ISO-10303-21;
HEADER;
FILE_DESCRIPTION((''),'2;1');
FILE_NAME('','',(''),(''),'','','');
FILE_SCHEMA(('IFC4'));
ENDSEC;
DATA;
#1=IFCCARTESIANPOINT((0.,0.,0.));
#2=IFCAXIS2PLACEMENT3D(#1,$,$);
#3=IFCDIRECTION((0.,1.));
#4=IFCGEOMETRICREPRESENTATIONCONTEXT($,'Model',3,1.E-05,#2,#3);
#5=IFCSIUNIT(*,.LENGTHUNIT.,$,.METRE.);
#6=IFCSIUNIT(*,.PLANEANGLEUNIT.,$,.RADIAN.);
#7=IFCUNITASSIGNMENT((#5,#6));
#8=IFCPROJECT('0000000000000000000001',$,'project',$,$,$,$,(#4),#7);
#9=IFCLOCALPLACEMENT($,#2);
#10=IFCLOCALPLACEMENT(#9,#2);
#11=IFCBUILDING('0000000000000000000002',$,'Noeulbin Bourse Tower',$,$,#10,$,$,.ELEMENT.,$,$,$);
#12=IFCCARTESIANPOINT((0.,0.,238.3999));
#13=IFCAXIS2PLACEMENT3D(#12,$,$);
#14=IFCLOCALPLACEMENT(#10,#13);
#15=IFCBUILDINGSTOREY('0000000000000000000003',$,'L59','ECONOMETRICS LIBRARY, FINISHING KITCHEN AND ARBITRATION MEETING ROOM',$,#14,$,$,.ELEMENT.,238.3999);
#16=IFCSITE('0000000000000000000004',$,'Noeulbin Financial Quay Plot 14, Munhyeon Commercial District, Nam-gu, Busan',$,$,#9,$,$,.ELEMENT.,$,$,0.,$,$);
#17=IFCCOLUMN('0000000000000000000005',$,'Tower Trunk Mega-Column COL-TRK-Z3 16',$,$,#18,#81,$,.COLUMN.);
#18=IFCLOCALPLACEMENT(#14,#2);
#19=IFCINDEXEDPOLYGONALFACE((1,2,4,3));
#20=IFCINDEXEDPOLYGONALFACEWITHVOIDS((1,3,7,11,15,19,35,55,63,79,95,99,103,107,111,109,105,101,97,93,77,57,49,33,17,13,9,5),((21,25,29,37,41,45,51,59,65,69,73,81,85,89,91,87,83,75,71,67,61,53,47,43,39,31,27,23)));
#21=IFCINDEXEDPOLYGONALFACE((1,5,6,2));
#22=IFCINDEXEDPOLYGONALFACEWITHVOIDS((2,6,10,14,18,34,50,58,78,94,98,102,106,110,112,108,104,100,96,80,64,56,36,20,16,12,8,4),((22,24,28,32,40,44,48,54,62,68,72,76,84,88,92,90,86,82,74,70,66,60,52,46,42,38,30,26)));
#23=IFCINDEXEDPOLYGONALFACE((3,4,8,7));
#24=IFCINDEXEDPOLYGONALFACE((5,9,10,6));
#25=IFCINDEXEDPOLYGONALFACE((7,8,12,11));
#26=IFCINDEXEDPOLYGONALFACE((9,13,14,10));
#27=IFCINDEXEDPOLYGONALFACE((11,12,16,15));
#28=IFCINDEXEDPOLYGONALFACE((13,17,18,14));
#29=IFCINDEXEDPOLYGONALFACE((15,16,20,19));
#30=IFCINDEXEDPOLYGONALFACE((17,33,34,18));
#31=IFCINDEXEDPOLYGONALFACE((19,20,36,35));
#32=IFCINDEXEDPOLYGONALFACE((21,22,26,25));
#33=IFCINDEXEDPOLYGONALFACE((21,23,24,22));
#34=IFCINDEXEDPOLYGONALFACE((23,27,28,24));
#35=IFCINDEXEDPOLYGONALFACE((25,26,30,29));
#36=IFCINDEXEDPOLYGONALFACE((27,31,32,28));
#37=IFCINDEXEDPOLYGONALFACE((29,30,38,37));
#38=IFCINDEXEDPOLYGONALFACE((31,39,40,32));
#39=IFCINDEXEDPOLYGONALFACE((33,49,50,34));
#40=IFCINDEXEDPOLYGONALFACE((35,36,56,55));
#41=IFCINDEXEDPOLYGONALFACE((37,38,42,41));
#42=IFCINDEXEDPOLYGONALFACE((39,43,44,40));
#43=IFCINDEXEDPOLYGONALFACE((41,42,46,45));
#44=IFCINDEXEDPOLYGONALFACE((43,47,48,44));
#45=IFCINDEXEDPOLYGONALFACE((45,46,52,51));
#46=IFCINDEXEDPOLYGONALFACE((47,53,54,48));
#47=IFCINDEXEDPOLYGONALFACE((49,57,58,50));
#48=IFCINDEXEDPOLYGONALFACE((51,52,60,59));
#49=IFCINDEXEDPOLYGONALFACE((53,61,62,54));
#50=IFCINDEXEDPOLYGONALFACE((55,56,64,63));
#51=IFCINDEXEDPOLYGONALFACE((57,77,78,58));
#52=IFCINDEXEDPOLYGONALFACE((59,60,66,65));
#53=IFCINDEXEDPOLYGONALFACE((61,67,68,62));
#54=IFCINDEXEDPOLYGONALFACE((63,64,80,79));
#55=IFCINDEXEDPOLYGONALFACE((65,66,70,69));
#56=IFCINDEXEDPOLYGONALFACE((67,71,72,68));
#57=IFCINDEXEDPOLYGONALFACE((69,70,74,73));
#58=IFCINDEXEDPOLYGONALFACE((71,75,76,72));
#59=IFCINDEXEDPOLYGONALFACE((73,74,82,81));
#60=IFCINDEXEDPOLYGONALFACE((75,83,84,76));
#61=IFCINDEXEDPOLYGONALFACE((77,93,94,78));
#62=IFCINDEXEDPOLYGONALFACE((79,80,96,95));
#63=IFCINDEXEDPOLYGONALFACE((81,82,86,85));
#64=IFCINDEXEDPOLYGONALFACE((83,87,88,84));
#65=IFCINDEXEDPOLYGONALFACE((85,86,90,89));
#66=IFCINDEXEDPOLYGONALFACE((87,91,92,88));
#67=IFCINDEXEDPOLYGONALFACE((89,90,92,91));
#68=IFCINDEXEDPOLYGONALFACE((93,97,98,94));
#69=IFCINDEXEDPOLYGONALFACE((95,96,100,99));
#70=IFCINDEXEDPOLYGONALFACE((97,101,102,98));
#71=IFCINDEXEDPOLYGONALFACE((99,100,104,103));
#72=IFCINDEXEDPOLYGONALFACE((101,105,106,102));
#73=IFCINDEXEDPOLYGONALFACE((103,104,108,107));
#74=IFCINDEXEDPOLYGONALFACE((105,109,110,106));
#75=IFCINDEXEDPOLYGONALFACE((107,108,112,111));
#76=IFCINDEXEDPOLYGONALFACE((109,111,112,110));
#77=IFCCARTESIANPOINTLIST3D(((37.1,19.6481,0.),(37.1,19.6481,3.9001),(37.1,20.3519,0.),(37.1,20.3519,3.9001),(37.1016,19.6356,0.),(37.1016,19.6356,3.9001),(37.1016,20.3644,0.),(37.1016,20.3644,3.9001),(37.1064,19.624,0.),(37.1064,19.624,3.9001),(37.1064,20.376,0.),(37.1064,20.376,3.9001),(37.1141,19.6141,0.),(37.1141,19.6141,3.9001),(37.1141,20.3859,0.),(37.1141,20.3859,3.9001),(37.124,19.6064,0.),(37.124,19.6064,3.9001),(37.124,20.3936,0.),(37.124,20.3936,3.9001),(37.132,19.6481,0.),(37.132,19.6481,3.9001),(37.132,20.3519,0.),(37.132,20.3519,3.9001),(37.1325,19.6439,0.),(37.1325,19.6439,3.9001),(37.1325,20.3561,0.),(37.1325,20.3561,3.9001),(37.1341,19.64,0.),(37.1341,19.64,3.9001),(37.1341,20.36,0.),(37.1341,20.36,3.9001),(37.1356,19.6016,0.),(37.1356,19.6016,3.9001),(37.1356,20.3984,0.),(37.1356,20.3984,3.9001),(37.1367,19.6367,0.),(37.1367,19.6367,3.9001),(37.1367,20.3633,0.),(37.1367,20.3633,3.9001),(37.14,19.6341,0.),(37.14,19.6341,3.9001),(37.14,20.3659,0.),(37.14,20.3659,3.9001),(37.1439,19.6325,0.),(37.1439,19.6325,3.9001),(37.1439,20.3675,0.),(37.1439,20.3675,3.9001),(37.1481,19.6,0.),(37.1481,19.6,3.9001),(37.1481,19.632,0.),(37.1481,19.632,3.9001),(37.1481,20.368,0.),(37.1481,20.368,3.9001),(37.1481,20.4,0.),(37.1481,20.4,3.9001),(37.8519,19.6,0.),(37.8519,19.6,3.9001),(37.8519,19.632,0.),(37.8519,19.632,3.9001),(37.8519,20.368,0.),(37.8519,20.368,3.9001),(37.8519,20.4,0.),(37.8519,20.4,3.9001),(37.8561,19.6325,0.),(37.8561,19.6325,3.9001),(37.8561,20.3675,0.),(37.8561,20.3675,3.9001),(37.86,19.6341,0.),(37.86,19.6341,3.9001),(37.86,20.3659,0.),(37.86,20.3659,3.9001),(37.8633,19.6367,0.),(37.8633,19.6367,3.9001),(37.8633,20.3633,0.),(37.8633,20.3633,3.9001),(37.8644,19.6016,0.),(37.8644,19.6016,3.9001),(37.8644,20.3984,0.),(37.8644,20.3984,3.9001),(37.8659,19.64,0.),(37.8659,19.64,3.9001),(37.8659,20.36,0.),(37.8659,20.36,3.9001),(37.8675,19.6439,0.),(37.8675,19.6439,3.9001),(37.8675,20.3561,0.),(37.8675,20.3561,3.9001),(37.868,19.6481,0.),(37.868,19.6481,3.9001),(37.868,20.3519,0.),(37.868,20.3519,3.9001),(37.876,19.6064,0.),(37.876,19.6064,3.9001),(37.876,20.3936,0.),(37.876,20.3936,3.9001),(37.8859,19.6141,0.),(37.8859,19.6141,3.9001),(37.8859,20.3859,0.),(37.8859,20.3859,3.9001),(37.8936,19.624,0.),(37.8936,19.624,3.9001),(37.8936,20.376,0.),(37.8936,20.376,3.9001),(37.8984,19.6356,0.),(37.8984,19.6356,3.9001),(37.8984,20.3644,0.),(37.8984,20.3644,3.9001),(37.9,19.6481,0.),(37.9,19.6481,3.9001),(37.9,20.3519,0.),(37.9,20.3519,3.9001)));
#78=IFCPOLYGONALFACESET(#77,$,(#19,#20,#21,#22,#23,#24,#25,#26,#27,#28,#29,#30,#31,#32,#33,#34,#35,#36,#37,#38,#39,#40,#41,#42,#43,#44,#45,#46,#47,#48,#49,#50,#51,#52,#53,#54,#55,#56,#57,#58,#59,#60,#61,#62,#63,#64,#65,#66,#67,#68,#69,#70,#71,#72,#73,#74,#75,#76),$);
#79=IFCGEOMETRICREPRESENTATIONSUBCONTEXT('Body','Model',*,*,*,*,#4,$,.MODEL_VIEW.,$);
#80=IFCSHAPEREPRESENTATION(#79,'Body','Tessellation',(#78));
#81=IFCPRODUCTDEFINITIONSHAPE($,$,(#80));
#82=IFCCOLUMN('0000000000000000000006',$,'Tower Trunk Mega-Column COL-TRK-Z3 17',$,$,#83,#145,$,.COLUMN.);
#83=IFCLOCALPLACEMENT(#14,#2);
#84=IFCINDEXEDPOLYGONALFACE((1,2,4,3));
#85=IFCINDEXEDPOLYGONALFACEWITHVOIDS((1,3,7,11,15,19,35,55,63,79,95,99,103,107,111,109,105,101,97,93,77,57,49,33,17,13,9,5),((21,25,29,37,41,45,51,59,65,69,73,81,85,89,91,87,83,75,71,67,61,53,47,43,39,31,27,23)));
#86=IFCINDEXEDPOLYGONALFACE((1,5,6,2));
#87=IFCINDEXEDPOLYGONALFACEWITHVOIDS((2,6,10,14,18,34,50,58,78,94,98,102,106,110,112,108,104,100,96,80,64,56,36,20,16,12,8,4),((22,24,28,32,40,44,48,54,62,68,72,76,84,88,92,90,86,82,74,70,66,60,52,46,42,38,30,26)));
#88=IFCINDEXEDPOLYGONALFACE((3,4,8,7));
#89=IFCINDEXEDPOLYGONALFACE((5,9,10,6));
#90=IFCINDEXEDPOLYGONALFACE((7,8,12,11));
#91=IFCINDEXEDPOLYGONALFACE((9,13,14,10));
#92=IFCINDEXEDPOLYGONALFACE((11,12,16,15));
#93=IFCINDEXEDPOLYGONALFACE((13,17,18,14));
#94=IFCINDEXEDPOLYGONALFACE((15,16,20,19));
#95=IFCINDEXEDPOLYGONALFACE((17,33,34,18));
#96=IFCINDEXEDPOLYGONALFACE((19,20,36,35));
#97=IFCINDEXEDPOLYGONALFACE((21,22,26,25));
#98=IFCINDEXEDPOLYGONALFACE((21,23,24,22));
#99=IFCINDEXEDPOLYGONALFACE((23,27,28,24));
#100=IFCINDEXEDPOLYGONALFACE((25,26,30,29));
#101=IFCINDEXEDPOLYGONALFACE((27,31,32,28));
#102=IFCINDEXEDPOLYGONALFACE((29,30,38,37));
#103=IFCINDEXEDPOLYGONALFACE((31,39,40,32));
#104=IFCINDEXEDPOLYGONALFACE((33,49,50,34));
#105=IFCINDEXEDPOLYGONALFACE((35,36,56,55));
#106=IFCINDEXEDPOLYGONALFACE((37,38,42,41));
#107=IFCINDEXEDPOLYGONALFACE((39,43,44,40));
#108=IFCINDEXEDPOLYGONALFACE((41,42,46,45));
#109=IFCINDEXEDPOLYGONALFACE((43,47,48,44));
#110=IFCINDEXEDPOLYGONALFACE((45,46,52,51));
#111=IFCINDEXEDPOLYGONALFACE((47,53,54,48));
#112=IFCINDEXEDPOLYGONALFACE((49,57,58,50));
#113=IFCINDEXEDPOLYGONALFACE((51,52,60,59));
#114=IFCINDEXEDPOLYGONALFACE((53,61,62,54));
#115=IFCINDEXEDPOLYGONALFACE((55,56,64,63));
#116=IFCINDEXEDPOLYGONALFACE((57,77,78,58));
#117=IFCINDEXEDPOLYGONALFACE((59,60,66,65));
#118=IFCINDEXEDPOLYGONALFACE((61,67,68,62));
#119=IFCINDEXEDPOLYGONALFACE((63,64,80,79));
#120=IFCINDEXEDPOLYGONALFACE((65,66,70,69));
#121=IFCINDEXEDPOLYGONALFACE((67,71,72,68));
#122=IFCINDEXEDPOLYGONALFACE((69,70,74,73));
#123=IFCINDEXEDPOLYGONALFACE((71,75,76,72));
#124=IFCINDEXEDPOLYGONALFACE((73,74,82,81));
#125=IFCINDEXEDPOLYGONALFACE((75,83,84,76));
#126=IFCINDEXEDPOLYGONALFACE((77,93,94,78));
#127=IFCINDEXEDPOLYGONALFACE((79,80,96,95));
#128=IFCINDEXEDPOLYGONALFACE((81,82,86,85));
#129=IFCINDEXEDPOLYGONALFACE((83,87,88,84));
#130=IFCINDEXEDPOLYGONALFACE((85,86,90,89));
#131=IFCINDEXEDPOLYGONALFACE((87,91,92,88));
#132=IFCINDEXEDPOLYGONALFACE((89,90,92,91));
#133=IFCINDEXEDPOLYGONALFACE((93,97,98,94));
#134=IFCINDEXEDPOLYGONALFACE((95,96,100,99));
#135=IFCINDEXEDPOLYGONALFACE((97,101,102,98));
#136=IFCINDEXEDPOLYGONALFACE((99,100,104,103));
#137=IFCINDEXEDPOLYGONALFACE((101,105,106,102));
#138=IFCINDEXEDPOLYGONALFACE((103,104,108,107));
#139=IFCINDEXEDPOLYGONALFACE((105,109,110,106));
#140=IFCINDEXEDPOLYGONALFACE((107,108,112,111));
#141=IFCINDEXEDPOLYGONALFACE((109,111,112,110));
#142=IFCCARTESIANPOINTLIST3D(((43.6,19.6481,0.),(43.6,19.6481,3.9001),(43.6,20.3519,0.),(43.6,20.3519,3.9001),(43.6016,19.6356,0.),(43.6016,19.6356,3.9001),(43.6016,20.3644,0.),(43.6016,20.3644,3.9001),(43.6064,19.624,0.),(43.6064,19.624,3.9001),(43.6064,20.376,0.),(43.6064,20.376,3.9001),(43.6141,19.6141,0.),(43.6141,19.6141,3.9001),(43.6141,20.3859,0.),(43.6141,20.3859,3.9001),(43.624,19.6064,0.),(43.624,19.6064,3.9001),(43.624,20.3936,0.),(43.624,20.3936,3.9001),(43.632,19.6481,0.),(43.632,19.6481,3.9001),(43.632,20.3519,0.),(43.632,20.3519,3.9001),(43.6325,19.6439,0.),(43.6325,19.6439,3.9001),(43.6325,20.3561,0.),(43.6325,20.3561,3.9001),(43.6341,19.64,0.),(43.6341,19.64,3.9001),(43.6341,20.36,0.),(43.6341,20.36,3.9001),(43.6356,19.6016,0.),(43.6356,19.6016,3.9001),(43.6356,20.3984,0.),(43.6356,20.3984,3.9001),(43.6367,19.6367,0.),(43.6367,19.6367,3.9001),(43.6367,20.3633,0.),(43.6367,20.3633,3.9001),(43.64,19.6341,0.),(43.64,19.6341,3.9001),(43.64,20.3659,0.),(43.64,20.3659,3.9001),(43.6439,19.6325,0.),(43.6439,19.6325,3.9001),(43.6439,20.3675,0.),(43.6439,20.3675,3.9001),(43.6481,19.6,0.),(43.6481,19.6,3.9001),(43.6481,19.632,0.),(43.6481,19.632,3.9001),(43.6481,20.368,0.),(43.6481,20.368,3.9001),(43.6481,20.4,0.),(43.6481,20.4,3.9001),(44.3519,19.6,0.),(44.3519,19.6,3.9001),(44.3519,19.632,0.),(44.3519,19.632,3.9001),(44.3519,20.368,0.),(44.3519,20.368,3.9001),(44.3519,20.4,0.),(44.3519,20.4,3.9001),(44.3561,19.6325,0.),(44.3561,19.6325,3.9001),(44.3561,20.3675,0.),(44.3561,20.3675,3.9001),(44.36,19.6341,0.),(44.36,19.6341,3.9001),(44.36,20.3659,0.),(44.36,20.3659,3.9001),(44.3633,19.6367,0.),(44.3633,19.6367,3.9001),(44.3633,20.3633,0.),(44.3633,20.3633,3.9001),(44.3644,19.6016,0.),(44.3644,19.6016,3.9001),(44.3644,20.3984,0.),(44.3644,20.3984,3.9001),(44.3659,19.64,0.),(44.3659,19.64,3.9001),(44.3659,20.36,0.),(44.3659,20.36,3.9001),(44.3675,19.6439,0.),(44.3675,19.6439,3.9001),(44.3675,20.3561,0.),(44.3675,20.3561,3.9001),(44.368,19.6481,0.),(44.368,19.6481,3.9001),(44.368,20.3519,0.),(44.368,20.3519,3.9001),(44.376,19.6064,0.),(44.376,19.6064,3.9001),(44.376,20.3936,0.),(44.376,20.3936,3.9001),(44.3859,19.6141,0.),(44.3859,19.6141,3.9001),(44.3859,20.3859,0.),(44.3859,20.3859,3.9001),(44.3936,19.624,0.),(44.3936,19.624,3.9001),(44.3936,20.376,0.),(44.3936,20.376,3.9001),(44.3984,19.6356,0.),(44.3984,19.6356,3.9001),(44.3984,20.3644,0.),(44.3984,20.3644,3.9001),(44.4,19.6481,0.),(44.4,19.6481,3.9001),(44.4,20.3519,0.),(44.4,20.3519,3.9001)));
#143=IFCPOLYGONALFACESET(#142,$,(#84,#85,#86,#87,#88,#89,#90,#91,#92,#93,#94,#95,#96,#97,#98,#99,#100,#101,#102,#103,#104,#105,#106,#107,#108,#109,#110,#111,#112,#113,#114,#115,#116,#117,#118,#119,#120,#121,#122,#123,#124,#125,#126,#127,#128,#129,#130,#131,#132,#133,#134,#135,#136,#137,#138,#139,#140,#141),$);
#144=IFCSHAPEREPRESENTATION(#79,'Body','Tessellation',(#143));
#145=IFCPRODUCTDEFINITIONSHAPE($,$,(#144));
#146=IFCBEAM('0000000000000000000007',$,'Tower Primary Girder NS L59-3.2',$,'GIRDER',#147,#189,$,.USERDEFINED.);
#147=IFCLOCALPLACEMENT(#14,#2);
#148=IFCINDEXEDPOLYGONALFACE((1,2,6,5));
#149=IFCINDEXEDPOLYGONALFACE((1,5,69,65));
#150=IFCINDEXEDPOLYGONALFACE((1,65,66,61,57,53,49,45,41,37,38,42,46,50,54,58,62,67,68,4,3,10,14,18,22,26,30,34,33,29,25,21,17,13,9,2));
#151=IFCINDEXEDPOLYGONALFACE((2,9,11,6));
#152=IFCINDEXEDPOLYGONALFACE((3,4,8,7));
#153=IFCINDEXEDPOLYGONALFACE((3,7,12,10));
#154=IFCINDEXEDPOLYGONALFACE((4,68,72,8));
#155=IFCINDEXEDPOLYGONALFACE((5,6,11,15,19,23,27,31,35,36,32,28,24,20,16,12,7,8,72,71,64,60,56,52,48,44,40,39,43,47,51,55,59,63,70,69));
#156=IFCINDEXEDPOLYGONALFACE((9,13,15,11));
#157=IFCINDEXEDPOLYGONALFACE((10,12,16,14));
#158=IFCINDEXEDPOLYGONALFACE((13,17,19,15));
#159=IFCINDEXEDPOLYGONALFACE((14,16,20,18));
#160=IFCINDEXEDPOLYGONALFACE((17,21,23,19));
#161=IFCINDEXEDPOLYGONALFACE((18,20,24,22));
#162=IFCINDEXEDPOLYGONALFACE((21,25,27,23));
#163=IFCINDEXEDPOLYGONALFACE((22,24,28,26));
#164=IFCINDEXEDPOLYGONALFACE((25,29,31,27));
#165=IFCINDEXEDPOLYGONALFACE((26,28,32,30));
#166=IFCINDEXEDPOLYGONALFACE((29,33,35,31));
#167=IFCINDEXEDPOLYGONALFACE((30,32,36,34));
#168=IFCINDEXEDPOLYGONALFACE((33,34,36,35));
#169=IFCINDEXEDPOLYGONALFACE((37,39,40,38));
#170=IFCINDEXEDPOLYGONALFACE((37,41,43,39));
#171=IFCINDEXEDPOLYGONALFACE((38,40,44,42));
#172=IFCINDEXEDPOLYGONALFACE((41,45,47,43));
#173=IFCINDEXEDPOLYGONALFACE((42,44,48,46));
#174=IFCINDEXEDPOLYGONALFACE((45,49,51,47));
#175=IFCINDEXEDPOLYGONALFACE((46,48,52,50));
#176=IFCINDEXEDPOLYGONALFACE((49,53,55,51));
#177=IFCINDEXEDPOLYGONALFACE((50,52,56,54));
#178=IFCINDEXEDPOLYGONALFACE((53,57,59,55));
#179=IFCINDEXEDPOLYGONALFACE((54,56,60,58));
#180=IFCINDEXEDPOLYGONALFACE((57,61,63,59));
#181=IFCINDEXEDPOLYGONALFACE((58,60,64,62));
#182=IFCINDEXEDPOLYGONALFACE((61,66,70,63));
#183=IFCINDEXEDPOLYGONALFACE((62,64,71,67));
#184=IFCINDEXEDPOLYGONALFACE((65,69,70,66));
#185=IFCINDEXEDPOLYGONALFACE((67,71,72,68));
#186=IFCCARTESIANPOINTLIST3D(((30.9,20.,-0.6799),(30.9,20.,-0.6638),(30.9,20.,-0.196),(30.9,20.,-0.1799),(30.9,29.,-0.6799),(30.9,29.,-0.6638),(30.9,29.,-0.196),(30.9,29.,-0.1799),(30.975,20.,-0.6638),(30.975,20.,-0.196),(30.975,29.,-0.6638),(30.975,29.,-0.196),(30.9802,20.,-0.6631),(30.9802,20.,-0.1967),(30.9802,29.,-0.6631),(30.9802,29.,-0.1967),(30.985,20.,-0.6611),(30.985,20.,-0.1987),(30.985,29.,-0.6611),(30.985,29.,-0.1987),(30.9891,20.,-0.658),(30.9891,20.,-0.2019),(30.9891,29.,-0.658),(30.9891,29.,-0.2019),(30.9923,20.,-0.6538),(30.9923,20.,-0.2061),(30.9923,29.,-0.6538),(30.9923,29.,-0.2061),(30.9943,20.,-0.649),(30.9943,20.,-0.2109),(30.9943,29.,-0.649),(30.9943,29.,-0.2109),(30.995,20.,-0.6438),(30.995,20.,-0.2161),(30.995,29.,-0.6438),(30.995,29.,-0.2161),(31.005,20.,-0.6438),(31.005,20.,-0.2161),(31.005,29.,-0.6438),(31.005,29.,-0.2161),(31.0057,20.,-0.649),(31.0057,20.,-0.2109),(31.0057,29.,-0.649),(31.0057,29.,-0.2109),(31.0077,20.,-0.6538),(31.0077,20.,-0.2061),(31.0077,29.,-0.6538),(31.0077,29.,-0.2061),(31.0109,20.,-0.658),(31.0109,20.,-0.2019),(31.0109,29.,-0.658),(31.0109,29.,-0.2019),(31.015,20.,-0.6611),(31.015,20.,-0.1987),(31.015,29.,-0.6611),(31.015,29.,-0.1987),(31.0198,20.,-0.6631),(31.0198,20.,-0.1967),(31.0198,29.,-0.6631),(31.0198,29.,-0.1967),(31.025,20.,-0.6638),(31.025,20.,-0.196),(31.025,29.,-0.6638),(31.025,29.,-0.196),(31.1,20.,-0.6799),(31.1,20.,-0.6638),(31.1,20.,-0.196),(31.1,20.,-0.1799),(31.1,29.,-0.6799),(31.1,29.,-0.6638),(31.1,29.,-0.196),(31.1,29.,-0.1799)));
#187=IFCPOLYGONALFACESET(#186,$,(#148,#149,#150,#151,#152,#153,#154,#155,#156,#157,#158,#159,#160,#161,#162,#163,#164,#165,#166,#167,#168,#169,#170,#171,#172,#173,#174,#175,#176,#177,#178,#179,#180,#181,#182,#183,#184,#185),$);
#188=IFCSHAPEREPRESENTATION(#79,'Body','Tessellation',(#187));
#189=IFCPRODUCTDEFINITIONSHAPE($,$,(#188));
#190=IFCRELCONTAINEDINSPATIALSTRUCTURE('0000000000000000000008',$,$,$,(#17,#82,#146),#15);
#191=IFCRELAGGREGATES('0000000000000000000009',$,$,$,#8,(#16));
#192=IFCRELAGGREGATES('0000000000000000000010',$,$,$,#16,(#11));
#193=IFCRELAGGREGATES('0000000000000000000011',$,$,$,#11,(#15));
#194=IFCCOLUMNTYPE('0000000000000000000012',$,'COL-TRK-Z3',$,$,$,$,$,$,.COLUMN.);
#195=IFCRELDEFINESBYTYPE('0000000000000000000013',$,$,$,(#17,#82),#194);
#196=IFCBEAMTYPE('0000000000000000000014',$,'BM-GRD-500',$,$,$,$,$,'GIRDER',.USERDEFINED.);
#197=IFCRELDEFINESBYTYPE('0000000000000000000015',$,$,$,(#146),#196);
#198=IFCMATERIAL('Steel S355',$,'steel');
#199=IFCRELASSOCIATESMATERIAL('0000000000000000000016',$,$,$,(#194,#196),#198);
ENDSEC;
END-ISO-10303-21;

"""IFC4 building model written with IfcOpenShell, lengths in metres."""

from ifc_helpers import new_model, si_unit, direction, frame, origin, origin_2d, place, context, subcontext, project, spatial, hollow_rectangle, i_section, extrude, material, material_profile, profile_set, type_object, element, save


model = new_model("IFC4")

# Units and contexts
model_context = context("Model", 3, precision=1e-05, world=origin(), true_north=direction((0.0, 1.0)))
body_context = subcontext(model_context, "Body", "Model", "MODEL_VIEW")
ifc_project = project(units=[si_unit("LENGTHUNIT", "METRE"), si_unit("PLANEANGLEUNIT", "RADIAN")], contexts=[model_context])

# Site, building, storey
site_placement = place(None, origin())
site = spatial("IfcSite", under=ifc_project, at=site_placement, Name="Noeulbin Financial Quay Plot 14, Munhyeon Commercial District, Nam-gu, Busan", CompositionType="ELEMENT", RefElevation=0.0)
building_placement = place(site_placement, origin())
building = spatial("IfcBuilding", under=site, at=building_placement, Name="Noeulbin Bourse Tower", CompositionType="ELEMENT")
storey_placement = place(building_placement, frame((0.0, 0.0, 238.3999)))
storey = spatial("IfcBuildingStorey", under=building, at=storey_placement, Name="L59", Description="ECONOMETRICS LIBRARY, FINISHING KITCHEN AND ARBITRATION MEETING ROOM", CompositionType="ELEMENT", Elevation=238.3999)

# Columns
ifc_material_1 = material(Name="Steel S355", Category="steel")
ifc_material_profile_1 = material_profile(ifc_material_1, hollow_rectangle(XDim=0.8, YDim=0.8, WallThickness=0.032, InnerFilletRadius=0.0161, OuterFilletRadius=0.0481, at=origin_2d()), Name="BOX-800x800x32", Category="LoadBearing")
ifc_profile_set_1 = profile_set([ifc_material_profile_1], Name="Steel S355")
column_type_1 = type_object("IfcColumnType", Name="COL-TRK-Z3", PredefinedType="COLUMN", material=ifc_profile_set_1)
for number, where, z_axis, x_axis, name in (
    (1, (37.5, 20.0, 0.0), (0.0, 0.0, 1.0), (1.0, 0.0, 0.0), "Tower Trunk Mega-Column COL-TRK-Z3 16"),
    (2, (44.0, 20.0, 0.0), (0.0, 0.0, 1.0), (1.0, 0.0, 0.0), "Tower Trunk Mega-Column COL-TRK-Z3 17"),
):
    element("IfcColumn", number, at=place(storey_placement, frame(where, z_axis=z_axis, x_axis=x_axis)), inside=storey, type_object=column_type_1, Name=name, PredefinedType="COLUMN", context=body_context, shape_type="SweptSolid", body=[
        extrude(hollow_rectangle(XDim=0.8, YDim=0.8, WallThickness=0.032, InnerFilletRadius=0.0161, OuterFilletRadius=0.0481, at=origin_2d()), origin(), (0.0, 0.0, 1.0), 3.9001),
    ])

# Beam
ifc_material_profile_2 = material_profile(ifc_material_1, i_section(OverallWidth=0.2, OverallDepth=0.5, WebThickness=0.01, FlangeThickness=0.0161, FilletRadius=0.02, at=origin_2d()), Name="H-500x200x10x16", Category="LoadBearing")
ifc_profile_set_2 = profile_set([ifc_material_profile_2], Name="Steel S355")
beam_type_1 = type_object("IfcBeamType", Name="BM-GRD-500", ElementType="GIRDER", PredefinedType="USERDEFINED", material=ifc_profile_set_2)
beam_1_placement = place(storey_placement, frame((31.0, 20.0, -0.4299), z_axis=(0.0, 1.0, 0.0), x_axis=(-1.0, 0.0, 0.0)))
element("IfcBeam", 3, at=beam_1_placement, inside=storey, type_object=beam_type_1, Name="Tower Primary Girder NS L59-3.2", ObjectType="GIRDER", PredefinedType="USERDEFINED", context=body_context, shape_type="SweptSolid", body=[
    extrude(i_section(OverallWidth=0.2, OverallDepth=0.5, WebThickness=0.01, FlangeThickness=0.0161, FilletRadius=0.02, at=origin_2d()), origin(), (0.0, 0.0, 1.0), 9.0),
])

save(model, "model.ifc")
